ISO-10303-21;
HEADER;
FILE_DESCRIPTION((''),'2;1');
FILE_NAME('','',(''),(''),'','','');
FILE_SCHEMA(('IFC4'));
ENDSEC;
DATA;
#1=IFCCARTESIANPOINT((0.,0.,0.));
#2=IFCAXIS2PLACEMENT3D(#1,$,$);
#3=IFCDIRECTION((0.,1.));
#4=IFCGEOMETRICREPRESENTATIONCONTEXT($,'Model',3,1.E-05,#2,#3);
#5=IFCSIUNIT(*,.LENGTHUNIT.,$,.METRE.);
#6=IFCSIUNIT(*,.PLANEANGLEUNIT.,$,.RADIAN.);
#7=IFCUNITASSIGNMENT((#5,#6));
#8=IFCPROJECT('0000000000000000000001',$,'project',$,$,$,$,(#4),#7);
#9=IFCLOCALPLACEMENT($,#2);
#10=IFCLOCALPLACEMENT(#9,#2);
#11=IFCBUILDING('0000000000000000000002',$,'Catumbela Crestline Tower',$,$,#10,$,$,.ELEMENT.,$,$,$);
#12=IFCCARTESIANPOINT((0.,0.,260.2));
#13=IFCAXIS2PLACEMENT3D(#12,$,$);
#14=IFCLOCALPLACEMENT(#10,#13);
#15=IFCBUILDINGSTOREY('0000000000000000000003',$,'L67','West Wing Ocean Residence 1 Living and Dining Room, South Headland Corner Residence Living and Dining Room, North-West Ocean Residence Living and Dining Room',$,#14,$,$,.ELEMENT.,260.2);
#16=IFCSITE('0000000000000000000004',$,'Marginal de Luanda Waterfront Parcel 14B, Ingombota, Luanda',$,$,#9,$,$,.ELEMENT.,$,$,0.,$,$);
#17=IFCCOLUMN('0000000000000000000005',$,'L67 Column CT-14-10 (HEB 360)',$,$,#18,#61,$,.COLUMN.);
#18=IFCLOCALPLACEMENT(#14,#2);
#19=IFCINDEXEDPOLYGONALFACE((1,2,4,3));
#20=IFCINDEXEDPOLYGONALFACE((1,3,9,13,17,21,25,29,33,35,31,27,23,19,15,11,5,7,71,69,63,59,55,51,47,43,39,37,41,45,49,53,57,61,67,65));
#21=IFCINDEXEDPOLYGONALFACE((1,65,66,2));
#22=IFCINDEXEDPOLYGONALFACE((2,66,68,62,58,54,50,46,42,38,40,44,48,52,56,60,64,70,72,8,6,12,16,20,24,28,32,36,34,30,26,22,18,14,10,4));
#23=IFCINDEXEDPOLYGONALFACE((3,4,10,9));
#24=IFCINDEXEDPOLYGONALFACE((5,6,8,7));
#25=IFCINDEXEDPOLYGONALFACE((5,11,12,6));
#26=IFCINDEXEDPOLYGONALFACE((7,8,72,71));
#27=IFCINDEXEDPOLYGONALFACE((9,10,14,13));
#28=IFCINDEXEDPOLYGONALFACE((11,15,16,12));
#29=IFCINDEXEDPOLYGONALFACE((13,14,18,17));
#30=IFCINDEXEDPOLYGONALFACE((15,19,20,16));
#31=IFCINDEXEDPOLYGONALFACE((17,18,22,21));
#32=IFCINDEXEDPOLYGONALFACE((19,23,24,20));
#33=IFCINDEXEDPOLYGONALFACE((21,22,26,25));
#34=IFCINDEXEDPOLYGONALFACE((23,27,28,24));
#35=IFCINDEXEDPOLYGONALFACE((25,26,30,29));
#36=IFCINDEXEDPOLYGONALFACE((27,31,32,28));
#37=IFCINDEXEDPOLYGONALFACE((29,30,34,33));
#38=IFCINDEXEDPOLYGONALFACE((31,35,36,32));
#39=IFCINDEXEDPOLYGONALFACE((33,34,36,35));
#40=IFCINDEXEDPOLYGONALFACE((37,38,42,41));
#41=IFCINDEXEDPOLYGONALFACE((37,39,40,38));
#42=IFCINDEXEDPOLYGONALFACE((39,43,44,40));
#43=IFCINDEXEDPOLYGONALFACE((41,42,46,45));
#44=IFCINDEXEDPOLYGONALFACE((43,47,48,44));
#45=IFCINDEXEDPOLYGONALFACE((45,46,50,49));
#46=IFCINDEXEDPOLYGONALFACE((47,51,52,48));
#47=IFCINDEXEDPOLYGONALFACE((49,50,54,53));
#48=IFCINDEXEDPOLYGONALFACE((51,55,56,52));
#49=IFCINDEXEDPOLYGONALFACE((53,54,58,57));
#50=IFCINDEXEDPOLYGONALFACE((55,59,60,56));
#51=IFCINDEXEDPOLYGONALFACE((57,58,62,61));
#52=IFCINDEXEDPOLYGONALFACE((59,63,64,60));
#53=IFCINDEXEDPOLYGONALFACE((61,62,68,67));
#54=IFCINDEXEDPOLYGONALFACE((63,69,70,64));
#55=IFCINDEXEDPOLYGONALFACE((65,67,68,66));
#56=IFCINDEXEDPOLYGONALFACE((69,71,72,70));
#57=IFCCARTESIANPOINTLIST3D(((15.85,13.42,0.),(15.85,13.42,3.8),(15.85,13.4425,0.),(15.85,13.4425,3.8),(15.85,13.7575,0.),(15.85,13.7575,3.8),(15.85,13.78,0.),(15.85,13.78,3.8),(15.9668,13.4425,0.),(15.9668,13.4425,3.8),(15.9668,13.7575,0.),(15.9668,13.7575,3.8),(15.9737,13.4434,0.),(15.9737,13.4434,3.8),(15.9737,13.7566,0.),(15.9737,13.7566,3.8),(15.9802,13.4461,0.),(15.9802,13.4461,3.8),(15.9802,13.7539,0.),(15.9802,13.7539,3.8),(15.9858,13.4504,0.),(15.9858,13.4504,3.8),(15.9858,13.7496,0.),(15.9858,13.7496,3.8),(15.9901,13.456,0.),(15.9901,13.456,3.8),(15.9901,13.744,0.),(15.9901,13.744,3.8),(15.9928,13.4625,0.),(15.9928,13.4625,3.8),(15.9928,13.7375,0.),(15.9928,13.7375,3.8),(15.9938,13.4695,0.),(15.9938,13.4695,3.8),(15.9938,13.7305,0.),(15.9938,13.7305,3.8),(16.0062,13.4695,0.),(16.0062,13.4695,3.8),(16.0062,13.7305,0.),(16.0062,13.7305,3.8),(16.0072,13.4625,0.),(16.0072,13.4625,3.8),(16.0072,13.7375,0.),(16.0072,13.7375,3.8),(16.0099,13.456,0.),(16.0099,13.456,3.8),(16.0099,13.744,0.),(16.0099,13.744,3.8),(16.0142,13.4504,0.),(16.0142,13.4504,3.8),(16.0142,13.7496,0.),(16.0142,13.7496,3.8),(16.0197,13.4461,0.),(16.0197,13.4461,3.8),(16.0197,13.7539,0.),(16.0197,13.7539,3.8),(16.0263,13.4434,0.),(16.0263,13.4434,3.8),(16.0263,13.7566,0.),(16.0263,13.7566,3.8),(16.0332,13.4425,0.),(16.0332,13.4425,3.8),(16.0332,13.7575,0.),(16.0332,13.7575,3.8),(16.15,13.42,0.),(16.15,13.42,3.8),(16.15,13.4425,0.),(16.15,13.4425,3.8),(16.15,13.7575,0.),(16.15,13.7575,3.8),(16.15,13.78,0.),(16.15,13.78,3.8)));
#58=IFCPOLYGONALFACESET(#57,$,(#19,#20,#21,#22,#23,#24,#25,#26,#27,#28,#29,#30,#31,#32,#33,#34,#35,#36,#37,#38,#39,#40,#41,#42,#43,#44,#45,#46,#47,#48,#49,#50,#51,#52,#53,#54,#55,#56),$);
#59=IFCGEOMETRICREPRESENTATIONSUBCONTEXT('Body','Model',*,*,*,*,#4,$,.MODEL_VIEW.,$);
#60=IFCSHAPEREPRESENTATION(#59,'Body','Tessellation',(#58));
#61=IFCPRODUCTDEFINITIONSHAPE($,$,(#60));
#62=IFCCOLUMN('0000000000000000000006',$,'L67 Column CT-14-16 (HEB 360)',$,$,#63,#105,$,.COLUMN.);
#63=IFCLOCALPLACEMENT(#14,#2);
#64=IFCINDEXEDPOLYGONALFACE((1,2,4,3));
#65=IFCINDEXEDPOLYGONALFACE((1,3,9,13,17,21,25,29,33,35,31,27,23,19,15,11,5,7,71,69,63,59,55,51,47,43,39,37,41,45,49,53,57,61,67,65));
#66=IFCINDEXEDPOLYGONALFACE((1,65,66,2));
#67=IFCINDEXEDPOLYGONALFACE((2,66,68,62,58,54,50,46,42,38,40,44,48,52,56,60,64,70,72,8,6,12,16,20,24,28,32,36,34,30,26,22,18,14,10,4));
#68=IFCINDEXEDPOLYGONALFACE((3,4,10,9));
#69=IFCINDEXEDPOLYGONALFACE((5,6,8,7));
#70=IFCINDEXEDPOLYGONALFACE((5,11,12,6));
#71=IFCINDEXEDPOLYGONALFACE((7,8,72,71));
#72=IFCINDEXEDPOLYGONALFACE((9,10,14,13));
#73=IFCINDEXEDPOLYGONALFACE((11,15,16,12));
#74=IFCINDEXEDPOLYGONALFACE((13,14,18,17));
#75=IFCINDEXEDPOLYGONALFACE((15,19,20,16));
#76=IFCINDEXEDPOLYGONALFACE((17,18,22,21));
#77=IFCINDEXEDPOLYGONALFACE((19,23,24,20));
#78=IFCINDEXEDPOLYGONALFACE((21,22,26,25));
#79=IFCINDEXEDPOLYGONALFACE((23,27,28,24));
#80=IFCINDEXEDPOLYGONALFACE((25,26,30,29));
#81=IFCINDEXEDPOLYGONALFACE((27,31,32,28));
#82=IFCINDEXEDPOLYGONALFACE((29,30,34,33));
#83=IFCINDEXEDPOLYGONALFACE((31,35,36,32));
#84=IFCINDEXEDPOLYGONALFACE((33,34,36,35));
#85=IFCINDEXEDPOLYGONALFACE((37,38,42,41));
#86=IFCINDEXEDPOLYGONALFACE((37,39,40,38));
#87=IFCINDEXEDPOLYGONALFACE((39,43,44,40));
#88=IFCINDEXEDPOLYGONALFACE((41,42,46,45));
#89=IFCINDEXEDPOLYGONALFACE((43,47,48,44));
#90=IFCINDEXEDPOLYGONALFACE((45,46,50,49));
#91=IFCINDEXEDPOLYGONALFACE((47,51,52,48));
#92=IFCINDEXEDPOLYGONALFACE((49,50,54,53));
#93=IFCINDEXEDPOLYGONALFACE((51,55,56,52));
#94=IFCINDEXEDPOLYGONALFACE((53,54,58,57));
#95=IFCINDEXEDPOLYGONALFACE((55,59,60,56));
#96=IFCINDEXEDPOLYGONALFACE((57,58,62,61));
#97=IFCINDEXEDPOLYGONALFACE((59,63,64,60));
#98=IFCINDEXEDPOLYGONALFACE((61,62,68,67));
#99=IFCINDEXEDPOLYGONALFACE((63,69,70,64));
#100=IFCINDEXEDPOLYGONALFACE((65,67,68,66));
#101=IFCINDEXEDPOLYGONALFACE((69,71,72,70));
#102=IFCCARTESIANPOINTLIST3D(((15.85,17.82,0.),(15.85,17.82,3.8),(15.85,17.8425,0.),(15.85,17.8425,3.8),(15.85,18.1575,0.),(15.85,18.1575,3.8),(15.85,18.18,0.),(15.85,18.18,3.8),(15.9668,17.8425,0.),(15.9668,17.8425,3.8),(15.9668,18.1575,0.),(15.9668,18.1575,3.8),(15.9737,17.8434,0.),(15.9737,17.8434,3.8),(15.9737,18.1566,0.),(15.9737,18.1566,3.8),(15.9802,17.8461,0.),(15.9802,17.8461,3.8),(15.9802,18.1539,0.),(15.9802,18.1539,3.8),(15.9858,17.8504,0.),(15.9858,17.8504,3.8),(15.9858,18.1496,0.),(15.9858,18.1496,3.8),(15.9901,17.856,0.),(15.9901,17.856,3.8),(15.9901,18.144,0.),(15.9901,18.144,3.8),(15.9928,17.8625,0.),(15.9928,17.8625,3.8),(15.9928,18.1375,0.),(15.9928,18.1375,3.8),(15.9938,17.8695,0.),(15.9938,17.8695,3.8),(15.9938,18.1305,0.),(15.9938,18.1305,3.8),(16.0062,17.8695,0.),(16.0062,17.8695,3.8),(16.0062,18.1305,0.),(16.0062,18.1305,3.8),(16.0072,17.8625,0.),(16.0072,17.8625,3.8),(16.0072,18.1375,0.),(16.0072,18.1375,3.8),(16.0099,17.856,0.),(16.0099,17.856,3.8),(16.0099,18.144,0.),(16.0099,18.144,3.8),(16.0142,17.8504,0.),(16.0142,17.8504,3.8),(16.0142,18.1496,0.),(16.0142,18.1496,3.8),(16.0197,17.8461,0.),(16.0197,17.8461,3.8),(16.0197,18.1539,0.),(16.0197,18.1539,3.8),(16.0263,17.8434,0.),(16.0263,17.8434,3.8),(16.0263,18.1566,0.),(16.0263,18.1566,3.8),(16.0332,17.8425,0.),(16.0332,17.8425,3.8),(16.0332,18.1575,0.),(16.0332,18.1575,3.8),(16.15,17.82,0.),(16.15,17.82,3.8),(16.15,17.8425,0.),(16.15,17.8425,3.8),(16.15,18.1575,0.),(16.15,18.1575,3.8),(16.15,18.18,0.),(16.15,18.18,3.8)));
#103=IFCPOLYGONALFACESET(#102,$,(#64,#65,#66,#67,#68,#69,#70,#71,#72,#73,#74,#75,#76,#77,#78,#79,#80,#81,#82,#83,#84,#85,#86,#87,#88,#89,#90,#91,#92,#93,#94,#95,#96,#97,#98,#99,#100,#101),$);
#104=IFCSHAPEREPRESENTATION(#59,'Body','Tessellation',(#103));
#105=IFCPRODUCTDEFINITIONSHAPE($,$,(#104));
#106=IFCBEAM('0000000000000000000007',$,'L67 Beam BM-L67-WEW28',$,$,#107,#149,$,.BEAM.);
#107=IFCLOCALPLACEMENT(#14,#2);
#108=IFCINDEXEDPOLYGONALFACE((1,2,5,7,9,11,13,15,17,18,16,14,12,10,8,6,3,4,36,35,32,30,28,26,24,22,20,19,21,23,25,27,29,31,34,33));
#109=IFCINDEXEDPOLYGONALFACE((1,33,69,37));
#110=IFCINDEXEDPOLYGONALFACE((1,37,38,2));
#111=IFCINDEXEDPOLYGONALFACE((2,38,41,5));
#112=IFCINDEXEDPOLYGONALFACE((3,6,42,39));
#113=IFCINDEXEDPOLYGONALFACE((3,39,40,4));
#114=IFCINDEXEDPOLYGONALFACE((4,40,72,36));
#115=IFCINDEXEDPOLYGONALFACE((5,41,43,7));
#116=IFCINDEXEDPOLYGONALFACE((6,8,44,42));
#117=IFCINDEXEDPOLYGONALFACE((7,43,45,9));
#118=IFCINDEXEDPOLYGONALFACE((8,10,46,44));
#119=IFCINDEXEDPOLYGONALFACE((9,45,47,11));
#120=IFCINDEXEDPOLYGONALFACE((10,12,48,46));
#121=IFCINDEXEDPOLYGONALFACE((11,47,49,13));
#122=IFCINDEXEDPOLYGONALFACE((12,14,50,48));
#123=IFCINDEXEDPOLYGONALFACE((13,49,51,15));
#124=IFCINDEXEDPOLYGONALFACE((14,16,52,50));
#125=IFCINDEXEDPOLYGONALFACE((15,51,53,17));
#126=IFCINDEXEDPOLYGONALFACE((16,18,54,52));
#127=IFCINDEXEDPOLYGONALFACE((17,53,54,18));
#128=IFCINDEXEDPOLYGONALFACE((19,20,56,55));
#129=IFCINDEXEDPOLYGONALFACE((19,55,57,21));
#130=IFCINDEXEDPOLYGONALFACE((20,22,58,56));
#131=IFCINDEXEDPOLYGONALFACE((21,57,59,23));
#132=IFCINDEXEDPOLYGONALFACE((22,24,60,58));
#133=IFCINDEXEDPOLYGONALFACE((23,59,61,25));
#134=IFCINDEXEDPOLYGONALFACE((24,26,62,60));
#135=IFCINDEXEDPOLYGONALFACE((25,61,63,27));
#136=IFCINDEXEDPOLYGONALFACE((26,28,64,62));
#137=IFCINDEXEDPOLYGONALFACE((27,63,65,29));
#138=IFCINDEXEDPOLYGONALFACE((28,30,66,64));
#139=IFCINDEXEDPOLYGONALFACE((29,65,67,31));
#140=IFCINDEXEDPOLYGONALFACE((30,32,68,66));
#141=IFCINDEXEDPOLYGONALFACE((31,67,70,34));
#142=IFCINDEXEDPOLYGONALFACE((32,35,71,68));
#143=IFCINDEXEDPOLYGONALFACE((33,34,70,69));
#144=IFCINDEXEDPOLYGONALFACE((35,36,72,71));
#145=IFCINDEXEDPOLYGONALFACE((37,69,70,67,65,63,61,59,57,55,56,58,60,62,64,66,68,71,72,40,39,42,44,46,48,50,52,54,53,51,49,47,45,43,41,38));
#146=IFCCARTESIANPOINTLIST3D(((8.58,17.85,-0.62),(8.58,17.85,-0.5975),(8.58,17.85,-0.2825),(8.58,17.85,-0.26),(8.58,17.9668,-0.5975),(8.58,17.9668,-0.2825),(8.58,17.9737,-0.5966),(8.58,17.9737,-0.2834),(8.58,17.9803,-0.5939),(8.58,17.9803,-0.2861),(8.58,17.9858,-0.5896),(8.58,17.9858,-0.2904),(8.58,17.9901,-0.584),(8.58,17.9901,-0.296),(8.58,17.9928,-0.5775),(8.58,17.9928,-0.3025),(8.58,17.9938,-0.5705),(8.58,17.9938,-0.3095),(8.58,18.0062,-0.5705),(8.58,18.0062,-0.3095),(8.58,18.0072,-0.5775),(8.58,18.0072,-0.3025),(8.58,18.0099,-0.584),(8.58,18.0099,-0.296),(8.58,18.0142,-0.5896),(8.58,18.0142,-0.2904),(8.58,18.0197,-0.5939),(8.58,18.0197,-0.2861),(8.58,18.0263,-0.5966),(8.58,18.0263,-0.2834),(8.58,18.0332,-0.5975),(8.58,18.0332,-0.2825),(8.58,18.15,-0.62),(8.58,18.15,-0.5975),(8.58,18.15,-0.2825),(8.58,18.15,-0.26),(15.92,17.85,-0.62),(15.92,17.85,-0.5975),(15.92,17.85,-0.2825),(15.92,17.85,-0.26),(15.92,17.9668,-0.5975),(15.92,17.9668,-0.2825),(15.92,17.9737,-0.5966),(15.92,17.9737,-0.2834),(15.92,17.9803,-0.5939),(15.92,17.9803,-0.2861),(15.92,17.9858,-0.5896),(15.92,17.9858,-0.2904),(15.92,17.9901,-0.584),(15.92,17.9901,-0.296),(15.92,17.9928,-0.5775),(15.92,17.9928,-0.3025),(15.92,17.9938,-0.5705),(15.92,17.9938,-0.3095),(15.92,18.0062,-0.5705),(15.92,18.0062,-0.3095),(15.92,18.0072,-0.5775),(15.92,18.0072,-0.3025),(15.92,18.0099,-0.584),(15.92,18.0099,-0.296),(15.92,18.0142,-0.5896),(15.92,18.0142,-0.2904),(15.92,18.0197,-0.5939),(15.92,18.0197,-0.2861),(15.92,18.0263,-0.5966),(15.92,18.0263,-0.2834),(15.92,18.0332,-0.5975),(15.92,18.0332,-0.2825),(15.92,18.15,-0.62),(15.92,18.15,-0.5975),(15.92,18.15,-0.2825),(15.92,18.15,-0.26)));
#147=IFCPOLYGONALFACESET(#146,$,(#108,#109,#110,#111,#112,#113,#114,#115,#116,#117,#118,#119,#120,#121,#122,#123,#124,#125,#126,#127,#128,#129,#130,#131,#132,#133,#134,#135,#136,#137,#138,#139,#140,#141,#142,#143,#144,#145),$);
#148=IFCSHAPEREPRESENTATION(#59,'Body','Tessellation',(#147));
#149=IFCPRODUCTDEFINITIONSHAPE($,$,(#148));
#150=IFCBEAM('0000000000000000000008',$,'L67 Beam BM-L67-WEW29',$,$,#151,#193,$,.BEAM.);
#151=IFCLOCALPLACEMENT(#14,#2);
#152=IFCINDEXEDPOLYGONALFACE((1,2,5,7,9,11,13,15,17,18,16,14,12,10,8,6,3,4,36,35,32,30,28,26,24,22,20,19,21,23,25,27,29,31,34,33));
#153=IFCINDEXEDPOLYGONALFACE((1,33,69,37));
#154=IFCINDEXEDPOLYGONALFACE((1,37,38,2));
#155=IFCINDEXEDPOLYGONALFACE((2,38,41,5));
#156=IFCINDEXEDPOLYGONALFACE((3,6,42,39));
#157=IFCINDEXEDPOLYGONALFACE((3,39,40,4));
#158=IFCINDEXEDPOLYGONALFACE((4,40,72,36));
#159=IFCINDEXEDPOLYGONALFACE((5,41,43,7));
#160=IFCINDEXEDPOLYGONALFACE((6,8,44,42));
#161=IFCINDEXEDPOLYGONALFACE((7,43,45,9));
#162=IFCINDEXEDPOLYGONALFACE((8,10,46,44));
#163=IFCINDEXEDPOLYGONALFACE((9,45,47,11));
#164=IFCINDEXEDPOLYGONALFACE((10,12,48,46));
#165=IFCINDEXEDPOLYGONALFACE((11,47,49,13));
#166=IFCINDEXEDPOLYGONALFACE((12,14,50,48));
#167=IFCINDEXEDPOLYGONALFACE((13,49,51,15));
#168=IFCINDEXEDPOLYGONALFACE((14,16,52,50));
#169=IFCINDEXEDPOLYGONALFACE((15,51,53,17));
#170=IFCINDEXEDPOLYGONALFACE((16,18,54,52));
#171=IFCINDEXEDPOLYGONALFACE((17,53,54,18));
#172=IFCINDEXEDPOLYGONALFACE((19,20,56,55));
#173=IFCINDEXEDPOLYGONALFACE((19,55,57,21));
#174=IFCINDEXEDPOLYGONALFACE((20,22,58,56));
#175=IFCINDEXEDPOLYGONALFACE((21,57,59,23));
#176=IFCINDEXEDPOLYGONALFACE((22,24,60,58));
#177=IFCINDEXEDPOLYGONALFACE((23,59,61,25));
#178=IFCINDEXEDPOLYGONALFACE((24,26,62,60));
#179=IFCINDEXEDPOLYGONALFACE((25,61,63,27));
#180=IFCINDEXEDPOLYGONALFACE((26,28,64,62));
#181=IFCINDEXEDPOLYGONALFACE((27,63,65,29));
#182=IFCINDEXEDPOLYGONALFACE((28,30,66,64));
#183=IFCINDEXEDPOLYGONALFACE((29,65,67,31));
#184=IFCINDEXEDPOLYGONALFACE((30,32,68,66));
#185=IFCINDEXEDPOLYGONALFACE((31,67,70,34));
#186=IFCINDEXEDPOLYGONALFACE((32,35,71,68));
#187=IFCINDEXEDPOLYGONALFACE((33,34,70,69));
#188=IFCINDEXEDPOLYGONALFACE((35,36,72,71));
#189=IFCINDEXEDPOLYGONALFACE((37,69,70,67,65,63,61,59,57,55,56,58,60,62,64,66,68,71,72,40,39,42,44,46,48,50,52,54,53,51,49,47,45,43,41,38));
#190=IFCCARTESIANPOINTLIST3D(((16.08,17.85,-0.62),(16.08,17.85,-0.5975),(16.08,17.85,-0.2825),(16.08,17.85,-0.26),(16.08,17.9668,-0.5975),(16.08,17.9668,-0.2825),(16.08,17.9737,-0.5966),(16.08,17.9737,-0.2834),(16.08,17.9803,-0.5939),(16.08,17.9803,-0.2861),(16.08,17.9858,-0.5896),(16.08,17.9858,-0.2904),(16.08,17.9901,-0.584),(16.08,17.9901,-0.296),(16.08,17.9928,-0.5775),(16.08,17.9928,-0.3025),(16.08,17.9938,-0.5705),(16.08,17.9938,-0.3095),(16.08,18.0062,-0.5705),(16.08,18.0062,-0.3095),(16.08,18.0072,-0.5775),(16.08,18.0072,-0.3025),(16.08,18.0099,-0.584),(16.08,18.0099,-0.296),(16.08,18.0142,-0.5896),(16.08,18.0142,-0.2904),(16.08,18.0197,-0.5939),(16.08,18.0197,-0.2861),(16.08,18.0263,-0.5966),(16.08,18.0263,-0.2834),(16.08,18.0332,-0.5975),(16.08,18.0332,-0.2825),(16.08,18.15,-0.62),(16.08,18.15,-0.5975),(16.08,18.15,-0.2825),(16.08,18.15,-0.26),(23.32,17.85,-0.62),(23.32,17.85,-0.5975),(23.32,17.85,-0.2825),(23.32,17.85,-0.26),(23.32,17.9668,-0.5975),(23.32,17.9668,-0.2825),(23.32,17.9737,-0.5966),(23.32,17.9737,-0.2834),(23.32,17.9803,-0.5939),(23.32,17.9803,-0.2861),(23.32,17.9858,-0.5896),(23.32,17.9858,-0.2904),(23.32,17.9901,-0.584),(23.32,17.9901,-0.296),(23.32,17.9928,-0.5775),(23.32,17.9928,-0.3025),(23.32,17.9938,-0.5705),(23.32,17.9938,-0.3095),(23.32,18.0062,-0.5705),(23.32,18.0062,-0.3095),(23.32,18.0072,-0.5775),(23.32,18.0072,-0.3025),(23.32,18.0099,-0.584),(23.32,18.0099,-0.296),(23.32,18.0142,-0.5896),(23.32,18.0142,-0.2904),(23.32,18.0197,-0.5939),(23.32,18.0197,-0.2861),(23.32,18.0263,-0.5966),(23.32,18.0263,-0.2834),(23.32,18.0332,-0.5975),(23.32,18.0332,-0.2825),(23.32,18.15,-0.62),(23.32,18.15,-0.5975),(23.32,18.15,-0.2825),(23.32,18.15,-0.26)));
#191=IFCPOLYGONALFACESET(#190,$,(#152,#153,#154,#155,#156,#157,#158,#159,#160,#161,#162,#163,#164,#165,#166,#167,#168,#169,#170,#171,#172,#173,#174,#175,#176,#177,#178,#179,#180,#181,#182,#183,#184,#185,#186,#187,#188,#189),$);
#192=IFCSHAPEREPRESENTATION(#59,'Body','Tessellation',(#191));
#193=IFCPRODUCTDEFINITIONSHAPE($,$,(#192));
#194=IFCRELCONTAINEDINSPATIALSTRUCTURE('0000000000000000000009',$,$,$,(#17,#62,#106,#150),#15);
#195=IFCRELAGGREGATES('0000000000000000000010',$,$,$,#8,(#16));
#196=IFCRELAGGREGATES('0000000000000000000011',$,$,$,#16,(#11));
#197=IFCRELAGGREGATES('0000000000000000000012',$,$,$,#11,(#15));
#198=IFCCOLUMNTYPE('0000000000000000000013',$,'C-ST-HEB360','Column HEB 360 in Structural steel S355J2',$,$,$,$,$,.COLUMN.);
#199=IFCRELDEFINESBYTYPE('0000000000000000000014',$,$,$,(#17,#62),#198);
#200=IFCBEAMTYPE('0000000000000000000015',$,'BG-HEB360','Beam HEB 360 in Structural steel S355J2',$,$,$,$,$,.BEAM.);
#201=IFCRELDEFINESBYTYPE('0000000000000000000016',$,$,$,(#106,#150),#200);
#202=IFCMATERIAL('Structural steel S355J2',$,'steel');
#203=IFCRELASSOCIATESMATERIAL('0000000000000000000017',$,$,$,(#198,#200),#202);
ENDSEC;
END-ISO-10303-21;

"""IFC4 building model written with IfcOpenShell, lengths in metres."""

from ifc_helpers import new_model, si_unit, direction, frame, origin, origin_2d, place, context, subcontext, project, spatial, i_section, extrude, material, material_profile, profile_set, type_object, element, save


model = new_model("IFC4")

# Units and contexts
model_context = context("Model", 3, precision=1e-05, world=origin(), true_north=direction((0.0, 1.0)))
body_context = subcontext(model_context, "Body", "Model", "MODEL_VIEW")
ifc_project = project(units=[si_unit("LENGTHUNIT", "METRE"), si_unit("PLANEANGLEUNIT", "RADIAN")], contexts=[model_context])

# Site, building, storey
site_placement = place(None, origin())
site = spatial("IfcSite", under=ifc_project, at=site_placement, Name="Marginal de Luanda Waterfront Parcel 14B, Ingombota, Luanda", CompositionType="ELEMENT", RefElevation=0.0)
building_placement = place(site_placement, origin())
building = spatial("IfcBuilding", under=site, at=building_placement, Name="Catumbela Crestline Tower", CompositionType="ELEMENT")
storey_placement = place(building_placement, frame((0.0, 0.0, 260.2)))
storey = spatial("IfcBuildingStorey", under=building, at=storey_placement, Name="L67", Description="West Wing Ocean Residence 1 Living and Dining Room, South Headland Corner Residence Living and Dining Room, North-West Ocean Residence Living and Dining Room", CompositionType="ELEMENT", Elevation=260.2)

# Columns
ifc_material_1 = material(Name="Structural steel S355J2", Category="steel")
ifc_material_profile_1 = material_profile(ifc_material_1, i_section(OverallWidth=0.3, OverallDepth=0.36, WebThickness=0.0125, FlangeThickness=0.0225, FilletRadius=0.027, at=origin_2d()), Name="HEB 360")
ifc_profile_set_1 = profile_set([ifc_material_profile_1], Name="Structural steel S355J2")
column_type = type_object("IfcColumnType", Name="C-ST-HEB360", Description="Column HEB 360 in Structural steel S355J2", PredefinedType="COLUMN", material=ifc_profile_set_1)
for number, where, z_axis, x_axis, name in (
    (1, (16.0, 13.6, 0.0), (0.0, 0.0, 1.0), (1.0, 0.0, 0.0), "L67 Column CT-14-10 (HEB 360)"),
    (2, (16.0, 18.0, 0.0), (0.0, 0.0, 1.0), (1.0, 0.0, 0.0), "L67 Column CT-14-16 (HEB 360)"),
):
    element("IfcColumn", number, at=place(storey_placement, frame(where, z_axis=z_axis, x_axis=x_axis)), inside=storey, type_object=column_type, Name=name, PredefinedType="COLUMN", context=body_context, shape_type="SweptSolid", body=[
        extrude(i_section(OverallWidth=0.3, OverallDepth=0.36, WebThickness=0.0125, FlangeThickness=0.0225, FilletRadius=0.027, at=origin_2d()), origin(), (0.0, 0.0, 1.0), 3.8),
    ])

# Beams
ifc_material_profile_2 = material_profile(ifc_material_1, i_section(OverallWidth=0.3, OverallDepth=0.36, WebThickness=0.0125, FlangeThickness=0.0225, FilletRadius=0.027, at=origin_2d()), Name="HEB 360")
ifc_profile_set_2 = profile_set([ifc_material_profile_2], Name="Structural steel S355J2")
beam_type_1 = type_object("IfcBeamType", Name="BG-HEB360", Description="Beam HEB 360 in Structural steel S355J2", PredefinedType="BEAM", material=ifc_profile_set_2)
beam_1_placement = place(storey_placement, frame((8.58, 18.0, -0.44), z_axis=(1.0, 0.0, 0.0), x_axis=(0.0, 1.0, 0.0)))
element("IfcBeam", 3, at=beam_1_placement, inside=storey, type_object=beam_type_1, Name="L67 Beam BM-L67-WEW28", PredefinedType="BEAM", context=body_context, shape_type="SweptSolid", body=[
    extrude(i_section(OverallWidth=0.3, OverallDepth=0.36, WebThickness=0.0125, FlangeThickness=0.0225, FilletRadius=0.027, at=origin_2d()), origin(), (0.0, 0.0, 1.0), 7.34),
])
beam_2_placement = place(storey_placement, frame((16.08, 18.0, -0.44), z_axis=(1.0, 0.0, 0.0), x_axis=(0.0, 1.0, 0.0)))
element("IfcBeam", 4, at=beam_2_placement, inside=storey, type_object=beam_type_1, Name="L67 Beam BM-L67-WEW29", PredefinedType="BEAM", context=body_context, shape_type="SweptSolid", body=[
    extrude(i_section(OverallWidth=0.3, OverallDepth=0.36, WebThickness=0.0125, FlangeThickness=0.0225, FilletRadius=0.027, at=origin_2d()), origin(), (0.0, 0.0, 1.0), 7.24),
])

save(model, "model.ifc")
